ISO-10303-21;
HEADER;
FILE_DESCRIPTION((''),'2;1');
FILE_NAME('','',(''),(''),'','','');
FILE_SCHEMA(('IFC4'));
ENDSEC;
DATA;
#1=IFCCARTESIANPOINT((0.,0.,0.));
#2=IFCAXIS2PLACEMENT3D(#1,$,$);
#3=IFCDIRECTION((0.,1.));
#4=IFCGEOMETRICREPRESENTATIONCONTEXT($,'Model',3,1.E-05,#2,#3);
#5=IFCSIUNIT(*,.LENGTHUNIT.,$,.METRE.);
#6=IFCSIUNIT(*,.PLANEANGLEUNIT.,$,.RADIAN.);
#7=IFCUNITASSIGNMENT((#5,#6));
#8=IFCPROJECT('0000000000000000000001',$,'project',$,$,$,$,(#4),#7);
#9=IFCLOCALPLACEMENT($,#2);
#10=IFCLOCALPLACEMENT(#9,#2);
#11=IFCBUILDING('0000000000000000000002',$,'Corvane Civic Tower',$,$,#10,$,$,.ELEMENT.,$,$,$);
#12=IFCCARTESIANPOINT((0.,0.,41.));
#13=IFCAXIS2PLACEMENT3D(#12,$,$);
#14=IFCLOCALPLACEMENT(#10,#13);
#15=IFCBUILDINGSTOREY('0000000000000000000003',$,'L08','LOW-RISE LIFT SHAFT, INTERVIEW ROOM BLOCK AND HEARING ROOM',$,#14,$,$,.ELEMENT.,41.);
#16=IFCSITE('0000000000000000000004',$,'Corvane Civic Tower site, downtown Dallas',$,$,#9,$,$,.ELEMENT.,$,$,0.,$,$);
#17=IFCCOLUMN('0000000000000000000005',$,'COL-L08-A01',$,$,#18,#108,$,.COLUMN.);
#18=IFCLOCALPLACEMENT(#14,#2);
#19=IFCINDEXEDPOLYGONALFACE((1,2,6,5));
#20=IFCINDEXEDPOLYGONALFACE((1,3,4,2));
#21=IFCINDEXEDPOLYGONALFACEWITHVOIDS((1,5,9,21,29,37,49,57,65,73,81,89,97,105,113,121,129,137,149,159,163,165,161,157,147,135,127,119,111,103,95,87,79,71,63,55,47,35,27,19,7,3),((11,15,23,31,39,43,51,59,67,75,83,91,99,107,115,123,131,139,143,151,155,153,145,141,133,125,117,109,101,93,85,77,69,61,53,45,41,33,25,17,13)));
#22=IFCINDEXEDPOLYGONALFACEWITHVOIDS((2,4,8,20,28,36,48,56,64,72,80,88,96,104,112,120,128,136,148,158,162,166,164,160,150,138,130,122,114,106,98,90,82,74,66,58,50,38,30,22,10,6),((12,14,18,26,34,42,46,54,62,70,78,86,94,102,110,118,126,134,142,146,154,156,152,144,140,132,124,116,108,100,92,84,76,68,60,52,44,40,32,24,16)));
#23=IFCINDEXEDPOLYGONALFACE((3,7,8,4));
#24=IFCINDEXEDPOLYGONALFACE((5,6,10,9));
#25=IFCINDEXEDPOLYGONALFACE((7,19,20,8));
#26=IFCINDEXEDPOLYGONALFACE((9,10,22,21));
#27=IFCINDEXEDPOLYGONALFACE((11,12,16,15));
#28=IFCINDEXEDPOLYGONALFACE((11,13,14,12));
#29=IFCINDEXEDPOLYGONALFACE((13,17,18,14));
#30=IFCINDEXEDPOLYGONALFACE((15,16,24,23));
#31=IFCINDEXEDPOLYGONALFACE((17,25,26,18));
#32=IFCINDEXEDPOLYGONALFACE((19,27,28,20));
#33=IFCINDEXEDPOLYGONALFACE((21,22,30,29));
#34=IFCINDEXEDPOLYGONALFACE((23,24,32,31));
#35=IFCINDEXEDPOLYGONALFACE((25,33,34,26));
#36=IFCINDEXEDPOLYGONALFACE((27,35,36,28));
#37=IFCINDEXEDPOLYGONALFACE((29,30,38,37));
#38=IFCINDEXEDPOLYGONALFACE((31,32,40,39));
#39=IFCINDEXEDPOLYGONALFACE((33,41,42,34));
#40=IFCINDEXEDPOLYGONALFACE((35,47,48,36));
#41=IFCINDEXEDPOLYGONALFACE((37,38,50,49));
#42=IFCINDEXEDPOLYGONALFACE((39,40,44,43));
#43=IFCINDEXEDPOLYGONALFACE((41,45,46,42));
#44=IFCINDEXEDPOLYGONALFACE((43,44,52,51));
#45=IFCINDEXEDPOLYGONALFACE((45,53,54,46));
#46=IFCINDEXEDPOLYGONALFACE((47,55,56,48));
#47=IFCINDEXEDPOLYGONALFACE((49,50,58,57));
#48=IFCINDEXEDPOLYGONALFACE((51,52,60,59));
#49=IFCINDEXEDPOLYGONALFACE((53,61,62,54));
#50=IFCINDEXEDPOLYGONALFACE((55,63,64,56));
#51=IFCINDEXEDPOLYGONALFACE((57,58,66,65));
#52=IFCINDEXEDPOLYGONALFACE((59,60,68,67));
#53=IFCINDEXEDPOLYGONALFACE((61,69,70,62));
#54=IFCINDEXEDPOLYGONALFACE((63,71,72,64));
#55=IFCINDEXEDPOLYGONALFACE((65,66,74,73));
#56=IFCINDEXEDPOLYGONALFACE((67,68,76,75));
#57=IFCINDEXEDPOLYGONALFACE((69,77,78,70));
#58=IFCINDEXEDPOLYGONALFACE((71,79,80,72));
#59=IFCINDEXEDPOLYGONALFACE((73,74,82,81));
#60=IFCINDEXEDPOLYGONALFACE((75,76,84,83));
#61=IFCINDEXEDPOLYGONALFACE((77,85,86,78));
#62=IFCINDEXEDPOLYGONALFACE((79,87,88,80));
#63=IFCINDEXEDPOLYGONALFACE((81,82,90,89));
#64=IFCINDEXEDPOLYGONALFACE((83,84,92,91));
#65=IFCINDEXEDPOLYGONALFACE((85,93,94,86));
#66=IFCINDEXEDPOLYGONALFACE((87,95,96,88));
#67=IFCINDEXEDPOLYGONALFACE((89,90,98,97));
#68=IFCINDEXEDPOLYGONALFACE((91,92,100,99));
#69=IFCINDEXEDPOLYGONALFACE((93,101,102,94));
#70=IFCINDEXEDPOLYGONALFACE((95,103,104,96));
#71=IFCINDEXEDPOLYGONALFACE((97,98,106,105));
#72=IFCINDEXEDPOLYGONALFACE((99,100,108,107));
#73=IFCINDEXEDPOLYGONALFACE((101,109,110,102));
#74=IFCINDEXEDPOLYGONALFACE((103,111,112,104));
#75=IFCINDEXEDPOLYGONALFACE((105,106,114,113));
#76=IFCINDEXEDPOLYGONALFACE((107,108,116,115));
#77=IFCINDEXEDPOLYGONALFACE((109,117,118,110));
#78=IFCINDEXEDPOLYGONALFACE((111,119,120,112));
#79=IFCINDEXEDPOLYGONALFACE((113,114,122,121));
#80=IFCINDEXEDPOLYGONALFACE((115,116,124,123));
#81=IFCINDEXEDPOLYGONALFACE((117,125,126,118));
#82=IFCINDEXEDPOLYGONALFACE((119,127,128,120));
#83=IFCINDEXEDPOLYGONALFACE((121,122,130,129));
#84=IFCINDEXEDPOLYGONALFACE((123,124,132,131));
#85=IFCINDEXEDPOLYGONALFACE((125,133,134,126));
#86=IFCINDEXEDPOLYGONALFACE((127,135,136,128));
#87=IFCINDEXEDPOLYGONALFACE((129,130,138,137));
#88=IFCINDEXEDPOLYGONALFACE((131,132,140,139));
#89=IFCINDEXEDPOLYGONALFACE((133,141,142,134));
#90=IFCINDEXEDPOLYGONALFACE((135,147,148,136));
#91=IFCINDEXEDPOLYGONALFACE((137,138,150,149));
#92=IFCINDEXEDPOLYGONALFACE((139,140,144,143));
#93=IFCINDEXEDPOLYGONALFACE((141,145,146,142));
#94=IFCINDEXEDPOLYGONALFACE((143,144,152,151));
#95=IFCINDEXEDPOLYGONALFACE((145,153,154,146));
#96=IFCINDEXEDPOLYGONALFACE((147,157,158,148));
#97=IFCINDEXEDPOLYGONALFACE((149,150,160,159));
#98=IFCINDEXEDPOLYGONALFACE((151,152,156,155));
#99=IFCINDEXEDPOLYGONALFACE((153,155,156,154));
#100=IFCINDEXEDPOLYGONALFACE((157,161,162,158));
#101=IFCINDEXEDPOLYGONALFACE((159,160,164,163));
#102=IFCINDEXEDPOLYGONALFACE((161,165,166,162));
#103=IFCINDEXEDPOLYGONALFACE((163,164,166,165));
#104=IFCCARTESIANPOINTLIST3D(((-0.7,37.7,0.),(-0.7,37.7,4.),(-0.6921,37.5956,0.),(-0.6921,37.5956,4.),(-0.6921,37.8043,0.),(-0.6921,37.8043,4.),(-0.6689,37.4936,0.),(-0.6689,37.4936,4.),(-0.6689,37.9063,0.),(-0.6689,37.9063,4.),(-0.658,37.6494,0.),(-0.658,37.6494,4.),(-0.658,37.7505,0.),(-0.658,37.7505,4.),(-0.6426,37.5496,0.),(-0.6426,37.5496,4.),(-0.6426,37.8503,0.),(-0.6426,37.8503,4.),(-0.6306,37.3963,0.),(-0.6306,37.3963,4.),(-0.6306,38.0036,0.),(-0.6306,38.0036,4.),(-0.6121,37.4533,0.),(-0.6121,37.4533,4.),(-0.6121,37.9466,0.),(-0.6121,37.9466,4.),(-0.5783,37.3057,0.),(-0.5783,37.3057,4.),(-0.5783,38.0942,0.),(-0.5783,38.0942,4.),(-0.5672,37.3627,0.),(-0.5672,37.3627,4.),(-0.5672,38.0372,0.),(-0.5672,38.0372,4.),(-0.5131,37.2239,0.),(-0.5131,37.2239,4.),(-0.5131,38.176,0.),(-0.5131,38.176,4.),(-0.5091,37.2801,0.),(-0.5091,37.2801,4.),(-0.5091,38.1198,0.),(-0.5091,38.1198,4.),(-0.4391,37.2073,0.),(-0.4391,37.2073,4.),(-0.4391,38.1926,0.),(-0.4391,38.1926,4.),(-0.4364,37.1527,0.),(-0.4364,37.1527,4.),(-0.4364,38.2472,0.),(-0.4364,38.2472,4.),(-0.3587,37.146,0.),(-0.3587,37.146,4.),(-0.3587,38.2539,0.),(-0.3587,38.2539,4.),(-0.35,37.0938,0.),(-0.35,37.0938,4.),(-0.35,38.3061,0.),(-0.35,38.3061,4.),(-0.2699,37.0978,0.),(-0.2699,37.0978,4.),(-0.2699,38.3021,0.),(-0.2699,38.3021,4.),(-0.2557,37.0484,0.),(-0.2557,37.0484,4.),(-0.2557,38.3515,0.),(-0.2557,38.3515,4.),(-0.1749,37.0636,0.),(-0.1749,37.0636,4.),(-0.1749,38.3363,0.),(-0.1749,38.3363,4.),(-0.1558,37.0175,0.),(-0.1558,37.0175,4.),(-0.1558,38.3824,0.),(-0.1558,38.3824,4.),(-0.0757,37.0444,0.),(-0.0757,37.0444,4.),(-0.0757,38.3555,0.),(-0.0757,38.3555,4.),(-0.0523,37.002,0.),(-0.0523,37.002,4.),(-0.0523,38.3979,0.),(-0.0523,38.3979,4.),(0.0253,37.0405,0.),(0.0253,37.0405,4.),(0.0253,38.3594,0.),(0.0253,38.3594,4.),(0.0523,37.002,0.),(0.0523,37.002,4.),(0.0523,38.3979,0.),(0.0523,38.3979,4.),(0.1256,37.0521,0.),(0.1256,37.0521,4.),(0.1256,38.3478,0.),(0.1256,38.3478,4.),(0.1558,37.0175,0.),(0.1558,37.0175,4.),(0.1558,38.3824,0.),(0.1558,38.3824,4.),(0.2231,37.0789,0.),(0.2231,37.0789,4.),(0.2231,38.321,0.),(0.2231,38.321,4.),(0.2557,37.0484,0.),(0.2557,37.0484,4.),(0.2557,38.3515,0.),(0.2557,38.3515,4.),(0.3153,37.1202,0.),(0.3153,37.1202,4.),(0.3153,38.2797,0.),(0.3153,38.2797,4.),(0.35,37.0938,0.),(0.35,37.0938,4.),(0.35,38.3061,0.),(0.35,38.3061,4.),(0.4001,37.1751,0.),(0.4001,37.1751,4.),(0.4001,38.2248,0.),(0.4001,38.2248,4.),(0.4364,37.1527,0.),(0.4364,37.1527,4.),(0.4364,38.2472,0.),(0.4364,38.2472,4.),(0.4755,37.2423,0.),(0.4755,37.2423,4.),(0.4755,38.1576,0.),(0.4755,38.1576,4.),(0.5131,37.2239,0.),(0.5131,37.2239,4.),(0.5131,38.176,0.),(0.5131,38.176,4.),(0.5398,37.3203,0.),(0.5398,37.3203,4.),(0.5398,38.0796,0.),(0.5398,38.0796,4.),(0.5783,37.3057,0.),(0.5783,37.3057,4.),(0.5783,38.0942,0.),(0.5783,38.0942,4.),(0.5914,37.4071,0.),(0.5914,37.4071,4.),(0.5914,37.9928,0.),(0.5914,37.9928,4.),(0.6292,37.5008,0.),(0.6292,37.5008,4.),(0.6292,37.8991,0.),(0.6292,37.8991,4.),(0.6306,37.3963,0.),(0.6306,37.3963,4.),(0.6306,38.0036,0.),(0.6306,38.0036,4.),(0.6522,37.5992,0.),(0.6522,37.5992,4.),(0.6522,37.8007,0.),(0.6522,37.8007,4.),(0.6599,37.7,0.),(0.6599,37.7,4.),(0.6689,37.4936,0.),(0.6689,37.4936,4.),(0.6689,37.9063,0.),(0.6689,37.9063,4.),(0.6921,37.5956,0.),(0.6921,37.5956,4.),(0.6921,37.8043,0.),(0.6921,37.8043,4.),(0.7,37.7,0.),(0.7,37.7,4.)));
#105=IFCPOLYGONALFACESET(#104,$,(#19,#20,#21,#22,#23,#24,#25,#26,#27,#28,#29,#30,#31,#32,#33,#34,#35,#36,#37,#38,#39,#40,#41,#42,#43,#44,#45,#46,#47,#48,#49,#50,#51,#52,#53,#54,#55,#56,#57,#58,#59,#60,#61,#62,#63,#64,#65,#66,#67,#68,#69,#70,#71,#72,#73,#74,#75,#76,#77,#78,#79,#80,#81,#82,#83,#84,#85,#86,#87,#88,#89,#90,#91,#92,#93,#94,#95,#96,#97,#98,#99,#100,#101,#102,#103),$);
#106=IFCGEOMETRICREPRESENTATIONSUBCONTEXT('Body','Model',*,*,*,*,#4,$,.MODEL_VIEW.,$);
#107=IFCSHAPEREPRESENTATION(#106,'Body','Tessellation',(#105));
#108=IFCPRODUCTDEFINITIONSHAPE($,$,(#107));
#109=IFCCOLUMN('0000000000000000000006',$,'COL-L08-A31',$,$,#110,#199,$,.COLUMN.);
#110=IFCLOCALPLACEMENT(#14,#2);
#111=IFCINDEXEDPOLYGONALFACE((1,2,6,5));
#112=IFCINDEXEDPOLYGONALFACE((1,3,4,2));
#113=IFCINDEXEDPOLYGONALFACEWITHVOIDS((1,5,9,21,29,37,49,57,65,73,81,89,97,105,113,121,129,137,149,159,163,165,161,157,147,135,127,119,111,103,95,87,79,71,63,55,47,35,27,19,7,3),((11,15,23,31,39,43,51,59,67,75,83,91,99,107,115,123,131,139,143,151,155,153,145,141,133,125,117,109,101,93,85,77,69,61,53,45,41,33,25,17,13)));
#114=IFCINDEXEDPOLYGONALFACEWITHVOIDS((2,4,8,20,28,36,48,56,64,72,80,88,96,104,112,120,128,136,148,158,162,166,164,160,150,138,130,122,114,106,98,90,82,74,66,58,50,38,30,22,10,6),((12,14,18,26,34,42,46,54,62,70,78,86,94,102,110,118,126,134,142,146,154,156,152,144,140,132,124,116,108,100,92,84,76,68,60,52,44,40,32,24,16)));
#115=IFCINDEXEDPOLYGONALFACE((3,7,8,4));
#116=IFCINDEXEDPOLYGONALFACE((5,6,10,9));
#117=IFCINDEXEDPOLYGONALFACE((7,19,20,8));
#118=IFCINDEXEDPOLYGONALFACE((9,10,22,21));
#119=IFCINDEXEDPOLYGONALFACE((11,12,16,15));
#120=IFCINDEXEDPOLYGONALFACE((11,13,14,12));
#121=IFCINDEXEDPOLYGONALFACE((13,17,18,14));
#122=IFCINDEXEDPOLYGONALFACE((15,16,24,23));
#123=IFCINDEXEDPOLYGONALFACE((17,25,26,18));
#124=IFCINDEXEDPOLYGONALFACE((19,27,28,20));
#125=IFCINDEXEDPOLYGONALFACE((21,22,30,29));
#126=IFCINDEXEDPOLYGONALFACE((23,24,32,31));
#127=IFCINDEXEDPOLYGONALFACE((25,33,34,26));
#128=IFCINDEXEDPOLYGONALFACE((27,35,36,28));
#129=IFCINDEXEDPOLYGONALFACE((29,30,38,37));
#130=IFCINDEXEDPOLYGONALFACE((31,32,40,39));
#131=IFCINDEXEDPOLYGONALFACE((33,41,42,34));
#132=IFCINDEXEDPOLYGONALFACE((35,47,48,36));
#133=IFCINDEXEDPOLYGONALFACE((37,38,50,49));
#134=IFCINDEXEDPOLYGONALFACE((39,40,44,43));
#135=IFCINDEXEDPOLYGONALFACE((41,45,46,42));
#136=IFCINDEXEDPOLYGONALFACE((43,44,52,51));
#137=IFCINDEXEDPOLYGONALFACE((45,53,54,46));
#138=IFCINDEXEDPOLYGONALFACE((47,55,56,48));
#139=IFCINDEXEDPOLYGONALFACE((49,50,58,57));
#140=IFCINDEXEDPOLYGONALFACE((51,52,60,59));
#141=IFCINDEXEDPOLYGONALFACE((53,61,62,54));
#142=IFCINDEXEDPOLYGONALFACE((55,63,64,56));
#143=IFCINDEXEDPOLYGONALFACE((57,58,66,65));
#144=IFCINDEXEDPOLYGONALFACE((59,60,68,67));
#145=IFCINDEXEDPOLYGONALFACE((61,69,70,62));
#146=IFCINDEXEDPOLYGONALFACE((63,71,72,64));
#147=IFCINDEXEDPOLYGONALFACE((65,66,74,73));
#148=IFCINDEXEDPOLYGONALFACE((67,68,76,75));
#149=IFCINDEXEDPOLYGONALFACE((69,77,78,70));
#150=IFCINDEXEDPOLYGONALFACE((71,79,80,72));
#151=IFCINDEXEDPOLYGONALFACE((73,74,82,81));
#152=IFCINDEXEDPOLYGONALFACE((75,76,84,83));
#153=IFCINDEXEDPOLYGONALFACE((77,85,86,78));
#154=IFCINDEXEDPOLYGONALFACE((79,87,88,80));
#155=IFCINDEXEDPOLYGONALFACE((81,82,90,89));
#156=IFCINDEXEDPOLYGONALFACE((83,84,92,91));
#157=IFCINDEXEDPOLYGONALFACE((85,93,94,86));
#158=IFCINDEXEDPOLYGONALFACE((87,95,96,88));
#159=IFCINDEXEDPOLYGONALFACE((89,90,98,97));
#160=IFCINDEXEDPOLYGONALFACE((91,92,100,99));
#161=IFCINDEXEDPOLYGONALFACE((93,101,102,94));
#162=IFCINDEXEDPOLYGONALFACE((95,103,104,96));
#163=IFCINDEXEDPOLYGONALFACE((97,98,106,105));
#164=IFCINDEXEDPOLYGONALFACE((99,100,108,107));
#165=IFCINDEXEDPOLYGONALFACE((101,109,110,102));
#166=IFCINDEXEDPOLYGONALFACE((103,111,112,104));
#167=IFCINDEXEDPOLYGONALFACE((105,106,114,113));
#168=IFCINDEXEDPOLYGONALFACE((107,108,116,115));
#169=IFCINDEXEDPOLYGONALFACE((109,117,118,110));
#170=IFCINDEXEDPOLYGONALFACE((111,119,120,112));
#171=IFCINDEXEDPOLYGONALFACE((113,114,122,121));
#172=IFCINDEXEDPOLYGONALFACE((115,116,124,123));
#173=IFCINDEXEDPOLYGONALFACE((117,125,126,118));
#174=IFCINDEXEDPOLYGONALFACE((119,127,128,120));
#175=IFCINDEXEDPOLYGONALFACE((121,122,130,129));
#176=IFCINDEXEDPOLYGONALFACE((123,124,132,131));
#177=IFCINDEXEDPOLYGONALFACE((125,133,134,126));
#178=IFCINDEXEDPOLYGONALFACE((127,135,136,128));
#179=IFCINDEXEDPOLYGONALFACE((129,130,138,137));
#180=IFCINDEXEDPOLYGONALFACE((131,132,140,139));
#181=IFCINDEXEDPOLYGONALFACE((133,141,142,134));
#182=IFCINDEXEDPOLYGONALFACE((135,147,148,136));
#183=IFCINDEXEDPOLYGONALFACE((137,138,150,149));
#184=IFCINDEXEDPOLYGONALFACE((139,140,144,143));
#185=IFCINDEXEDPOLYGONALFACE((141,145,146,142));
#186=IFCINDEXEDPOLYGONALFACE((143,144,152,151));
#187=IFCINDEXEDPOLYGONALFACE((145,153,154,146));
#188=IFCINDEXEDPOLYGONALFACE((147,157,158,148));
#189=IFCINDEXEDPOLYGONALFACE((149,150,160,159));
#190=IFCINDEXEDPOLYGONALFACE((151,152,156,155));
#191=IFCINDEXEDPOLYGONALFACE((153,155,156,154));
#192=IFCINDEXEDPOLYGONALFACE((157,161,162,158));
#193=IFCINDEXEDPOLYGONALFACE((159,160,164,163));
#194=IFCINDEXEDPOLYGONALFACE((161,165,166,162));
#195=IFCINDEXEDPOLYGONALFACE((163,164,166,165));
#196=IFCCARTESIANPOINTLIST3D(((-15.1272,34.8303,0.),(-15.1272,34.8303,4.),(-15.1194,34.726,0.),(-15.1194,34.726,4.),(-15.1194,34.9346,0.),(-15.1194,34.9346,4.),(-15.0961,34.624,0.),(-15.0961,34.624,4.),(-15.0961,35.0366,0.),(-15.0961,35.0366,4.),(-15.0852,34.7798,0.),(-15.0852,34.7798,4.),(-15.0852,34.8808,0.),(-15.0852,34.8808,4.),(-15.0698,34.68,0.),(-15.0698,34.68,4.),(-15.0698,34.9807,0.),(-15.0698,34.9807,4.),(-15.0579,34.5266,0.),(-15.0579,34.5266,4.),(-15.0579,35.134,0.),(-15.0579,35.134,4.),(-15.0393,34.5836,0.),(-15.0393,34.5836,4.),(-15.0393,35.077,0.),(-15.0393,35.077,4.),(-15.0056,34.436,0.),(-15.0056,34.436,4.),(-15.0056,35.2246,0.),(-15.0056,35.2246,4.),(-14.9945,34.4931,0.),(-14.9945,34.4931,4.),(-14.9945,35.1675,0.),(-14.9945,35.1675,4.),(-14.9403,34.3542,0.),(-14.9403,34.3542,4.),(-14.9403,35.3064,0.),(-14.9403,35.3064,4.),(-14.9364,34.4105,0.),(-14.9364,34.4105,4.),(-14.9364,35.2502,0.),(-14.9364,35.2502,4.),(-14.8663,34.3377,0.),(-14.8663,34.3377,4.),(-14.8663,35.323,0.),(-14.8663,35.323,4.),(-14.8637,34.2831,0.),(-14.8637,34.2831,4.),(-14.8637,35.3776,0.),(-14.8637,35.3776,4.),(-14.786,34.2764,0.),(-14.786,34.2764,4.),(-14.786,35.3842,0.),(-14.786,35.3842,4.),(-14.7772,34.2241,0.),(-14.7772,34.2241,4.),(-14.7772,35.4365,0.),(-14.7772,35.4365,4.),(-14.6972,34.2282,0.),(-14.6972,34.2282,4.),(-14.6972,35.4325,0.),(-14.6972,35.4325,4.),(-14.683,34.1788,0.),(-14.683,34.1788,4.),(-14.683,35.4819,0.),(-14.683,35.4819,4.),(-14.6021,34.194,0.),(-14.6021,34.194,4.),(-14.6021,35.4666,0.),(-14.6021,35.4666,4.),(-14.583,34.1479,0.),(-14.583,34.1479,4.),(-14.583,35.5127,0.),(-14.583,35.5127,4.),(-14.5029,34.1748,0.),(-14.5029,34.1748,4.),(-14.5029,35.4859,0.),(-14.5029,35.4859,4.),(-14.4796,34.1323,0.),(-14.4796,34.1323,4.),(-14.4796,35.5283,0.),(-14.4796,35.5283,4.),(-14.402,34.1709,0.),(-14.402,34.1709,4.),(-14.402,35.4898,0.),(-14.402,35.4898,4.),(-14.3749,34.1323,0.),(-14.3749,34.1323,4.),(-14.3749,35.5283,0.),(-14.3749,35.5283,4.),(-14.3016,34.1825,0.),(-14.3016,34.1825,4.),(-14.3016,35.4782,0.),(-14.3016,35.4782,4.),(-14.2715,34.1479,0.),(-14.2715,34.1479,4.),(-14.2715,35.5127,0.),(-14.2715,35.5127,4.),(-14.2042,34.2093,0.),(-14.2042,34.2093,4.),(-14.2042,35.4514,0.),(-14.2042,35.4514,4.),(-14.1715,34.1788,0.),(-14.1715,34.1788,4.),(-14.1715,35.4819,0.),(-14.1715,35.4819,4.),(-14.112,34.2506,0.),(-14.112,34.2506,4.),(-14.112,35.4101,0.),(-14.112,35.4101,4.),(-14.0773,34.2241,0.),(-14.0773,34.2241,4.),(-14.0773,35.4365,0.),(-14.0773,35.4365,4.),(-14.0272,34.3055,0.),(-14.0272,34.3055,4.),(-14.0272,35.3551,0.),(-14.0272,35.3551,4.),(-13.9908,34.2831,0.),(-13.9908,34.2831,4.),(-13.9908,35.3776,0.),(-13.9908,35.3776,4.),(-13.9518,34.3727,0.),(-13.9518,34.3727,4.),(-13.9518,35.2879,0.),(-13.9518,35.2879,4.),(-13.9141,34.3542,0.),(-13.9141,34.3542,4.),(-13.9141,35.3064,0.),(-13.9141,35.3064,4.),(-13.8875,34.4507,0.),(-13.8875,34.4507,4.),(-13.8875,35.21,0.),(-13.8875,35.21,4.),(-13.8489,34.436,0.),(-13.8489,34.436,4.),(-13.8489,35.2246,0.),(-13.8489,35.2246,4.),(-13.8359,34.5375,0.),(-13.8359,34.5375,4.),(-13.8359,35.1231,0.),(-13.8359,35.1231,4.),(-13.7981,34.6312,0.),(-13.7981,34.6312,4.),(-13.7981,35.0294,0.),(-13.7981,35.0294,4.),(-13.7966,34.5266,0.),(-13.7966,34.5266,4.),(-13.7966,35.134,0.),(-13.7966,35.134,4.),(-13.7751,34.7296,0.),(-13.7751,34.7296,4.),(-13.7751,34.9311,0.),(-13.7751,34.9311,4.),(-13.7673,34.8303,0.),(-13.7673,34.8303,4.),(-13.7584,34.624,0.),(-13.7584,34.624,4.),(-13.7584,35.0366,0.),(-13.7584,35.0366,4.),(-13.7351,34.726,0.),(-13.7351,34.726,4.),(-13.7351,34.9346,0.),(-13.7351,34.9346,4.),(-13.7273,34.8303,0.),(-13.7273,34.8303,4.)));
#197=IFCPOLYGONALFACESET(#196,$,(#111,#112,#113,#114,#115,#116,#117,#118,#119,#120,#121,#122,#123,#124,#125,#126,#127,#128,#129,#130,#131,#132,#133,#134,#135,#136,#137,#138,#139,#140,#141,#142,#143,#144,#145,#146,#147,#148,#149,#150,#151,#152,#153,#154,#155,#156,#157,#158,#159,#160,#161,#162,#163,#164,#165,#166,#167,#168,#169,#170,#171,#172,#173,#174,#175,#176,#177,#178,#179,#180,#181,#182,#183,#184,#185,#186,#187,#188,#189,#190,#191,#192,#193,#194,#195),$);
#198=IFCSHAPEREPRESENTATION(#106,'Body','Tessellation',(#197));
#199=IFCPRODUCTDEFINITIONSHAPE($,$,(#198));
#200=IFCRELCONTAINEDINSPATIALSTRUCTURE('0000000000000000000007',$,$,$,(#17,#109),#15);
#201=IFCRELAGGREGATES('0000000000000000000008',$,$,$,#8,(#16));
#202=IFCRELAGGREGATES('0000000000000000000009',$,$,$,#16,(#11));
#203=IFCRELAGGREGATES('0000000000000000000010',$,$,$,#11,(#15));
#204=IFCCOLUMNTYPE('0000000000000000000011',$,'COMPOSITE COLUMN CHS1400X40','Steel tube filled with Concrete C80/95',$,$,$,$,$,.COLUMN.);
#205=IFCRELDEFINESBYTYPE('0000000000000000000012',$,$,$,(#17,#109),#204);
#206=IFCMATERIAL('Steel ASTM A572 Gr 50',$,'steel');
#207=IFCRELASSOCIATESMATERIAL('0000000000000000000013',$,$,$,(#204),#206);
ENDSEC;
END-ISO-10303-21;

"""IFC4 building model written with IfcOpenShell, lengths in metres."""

from ifc_helpers import new_model, si_unit, direction, frame, origin, origin_2d, place, context, subcontext, project, spatial, hollow_circle, extrude, material, material_profile, profile_set, type_object, element, save


model = new_model("IFC4")

# Units and contexts
model_context = context("Model", 3, precision=1e-05, world=origin(), true_north=direction((0.0, 1.0)))
body_context = subcontext(model_context, "Body", "Model", "MODEL_VIEW")
ifc_project = project(units=[si_unit("LENGTHUNIT", "METRE"), si_unit("PLANEANGLEUNIT", "RADIAN")], contexts=[model_context])

# Site, building, storey
site_placement = place(None, origin())
site = spatial("IfcSite", under=ifc_project, at=site_placement, Name="Corvane Civic Tower site, downtown Dallas", CompositionType="ELEMENT", RefElevation=0.0)
building_placement = place(site_placement, origin())
building = spatial("IfcBuilding", under=site, at=building_placement, Name="Corvane Civic Tower", CompositionType="ELEMENT")
storey_placement = place(building_placement, frame((0.0, 0.0, 41.0)))
storey = spatial("IfcBuildingStorey", under=building, at=storey_placement, Name="L08", Description="LOW-RISE LIFT SHAFT, INTERVIEW ROOM BLOCK AND HEARING ROOM", CompositionType="ELEMENT", Elevation=41.0)

# Columns
ifc_material_1 = material(Name="Steel ASTM A572 Gr 50", Category="steel")
ifc_material_profile_1 = material_profile(ifc_material_1, hollow_circle(Radius=0.7, WallThickness=0.04, at=origin_2d()), Name="CHS1400X40")
ifc_profile_set_1 = profile_set([ifc_material_profile_1], Name="Steel ASTM A572 Gr 50")
column_type = type_object("IfcColumnType", Name="COMPOSITE COLUMN CHS1400X40", Description="Steel tube filled with Concrete C80/95", PredefinedType="COLUMN", material=ifc_profile_set_1)
for number, where, z_axis, x_axis, name in (
    (1, (0.0, 37.7, 0.0), (0.0, 0.0, 1.0), (1.0, 0.0, 0.0), "COL-L08-A01"),
    (2, (-14.4272, 34.8303, 0.0), (0.0, 0.0, 1.0), (1.0, 0.0, 0.0), "COL-L08-A31"),
):
    element("IfcColumn", number, at=place(storey_placement, frame(where, z_axis=z_axis, x_axis=x_axis)), inside=storey, type_object=column_type, Name=name, PredefinedType="COLUMN", context=body_context, shape_type="SweptSolid", body=[
        extrude(hollow_circle(Radius=0.7, WallThickness=0.04, at=origin_2d()), origin(), (0.0, 0.0, 1.0), 4.0),
    ])

save(model, "model.ifc")
